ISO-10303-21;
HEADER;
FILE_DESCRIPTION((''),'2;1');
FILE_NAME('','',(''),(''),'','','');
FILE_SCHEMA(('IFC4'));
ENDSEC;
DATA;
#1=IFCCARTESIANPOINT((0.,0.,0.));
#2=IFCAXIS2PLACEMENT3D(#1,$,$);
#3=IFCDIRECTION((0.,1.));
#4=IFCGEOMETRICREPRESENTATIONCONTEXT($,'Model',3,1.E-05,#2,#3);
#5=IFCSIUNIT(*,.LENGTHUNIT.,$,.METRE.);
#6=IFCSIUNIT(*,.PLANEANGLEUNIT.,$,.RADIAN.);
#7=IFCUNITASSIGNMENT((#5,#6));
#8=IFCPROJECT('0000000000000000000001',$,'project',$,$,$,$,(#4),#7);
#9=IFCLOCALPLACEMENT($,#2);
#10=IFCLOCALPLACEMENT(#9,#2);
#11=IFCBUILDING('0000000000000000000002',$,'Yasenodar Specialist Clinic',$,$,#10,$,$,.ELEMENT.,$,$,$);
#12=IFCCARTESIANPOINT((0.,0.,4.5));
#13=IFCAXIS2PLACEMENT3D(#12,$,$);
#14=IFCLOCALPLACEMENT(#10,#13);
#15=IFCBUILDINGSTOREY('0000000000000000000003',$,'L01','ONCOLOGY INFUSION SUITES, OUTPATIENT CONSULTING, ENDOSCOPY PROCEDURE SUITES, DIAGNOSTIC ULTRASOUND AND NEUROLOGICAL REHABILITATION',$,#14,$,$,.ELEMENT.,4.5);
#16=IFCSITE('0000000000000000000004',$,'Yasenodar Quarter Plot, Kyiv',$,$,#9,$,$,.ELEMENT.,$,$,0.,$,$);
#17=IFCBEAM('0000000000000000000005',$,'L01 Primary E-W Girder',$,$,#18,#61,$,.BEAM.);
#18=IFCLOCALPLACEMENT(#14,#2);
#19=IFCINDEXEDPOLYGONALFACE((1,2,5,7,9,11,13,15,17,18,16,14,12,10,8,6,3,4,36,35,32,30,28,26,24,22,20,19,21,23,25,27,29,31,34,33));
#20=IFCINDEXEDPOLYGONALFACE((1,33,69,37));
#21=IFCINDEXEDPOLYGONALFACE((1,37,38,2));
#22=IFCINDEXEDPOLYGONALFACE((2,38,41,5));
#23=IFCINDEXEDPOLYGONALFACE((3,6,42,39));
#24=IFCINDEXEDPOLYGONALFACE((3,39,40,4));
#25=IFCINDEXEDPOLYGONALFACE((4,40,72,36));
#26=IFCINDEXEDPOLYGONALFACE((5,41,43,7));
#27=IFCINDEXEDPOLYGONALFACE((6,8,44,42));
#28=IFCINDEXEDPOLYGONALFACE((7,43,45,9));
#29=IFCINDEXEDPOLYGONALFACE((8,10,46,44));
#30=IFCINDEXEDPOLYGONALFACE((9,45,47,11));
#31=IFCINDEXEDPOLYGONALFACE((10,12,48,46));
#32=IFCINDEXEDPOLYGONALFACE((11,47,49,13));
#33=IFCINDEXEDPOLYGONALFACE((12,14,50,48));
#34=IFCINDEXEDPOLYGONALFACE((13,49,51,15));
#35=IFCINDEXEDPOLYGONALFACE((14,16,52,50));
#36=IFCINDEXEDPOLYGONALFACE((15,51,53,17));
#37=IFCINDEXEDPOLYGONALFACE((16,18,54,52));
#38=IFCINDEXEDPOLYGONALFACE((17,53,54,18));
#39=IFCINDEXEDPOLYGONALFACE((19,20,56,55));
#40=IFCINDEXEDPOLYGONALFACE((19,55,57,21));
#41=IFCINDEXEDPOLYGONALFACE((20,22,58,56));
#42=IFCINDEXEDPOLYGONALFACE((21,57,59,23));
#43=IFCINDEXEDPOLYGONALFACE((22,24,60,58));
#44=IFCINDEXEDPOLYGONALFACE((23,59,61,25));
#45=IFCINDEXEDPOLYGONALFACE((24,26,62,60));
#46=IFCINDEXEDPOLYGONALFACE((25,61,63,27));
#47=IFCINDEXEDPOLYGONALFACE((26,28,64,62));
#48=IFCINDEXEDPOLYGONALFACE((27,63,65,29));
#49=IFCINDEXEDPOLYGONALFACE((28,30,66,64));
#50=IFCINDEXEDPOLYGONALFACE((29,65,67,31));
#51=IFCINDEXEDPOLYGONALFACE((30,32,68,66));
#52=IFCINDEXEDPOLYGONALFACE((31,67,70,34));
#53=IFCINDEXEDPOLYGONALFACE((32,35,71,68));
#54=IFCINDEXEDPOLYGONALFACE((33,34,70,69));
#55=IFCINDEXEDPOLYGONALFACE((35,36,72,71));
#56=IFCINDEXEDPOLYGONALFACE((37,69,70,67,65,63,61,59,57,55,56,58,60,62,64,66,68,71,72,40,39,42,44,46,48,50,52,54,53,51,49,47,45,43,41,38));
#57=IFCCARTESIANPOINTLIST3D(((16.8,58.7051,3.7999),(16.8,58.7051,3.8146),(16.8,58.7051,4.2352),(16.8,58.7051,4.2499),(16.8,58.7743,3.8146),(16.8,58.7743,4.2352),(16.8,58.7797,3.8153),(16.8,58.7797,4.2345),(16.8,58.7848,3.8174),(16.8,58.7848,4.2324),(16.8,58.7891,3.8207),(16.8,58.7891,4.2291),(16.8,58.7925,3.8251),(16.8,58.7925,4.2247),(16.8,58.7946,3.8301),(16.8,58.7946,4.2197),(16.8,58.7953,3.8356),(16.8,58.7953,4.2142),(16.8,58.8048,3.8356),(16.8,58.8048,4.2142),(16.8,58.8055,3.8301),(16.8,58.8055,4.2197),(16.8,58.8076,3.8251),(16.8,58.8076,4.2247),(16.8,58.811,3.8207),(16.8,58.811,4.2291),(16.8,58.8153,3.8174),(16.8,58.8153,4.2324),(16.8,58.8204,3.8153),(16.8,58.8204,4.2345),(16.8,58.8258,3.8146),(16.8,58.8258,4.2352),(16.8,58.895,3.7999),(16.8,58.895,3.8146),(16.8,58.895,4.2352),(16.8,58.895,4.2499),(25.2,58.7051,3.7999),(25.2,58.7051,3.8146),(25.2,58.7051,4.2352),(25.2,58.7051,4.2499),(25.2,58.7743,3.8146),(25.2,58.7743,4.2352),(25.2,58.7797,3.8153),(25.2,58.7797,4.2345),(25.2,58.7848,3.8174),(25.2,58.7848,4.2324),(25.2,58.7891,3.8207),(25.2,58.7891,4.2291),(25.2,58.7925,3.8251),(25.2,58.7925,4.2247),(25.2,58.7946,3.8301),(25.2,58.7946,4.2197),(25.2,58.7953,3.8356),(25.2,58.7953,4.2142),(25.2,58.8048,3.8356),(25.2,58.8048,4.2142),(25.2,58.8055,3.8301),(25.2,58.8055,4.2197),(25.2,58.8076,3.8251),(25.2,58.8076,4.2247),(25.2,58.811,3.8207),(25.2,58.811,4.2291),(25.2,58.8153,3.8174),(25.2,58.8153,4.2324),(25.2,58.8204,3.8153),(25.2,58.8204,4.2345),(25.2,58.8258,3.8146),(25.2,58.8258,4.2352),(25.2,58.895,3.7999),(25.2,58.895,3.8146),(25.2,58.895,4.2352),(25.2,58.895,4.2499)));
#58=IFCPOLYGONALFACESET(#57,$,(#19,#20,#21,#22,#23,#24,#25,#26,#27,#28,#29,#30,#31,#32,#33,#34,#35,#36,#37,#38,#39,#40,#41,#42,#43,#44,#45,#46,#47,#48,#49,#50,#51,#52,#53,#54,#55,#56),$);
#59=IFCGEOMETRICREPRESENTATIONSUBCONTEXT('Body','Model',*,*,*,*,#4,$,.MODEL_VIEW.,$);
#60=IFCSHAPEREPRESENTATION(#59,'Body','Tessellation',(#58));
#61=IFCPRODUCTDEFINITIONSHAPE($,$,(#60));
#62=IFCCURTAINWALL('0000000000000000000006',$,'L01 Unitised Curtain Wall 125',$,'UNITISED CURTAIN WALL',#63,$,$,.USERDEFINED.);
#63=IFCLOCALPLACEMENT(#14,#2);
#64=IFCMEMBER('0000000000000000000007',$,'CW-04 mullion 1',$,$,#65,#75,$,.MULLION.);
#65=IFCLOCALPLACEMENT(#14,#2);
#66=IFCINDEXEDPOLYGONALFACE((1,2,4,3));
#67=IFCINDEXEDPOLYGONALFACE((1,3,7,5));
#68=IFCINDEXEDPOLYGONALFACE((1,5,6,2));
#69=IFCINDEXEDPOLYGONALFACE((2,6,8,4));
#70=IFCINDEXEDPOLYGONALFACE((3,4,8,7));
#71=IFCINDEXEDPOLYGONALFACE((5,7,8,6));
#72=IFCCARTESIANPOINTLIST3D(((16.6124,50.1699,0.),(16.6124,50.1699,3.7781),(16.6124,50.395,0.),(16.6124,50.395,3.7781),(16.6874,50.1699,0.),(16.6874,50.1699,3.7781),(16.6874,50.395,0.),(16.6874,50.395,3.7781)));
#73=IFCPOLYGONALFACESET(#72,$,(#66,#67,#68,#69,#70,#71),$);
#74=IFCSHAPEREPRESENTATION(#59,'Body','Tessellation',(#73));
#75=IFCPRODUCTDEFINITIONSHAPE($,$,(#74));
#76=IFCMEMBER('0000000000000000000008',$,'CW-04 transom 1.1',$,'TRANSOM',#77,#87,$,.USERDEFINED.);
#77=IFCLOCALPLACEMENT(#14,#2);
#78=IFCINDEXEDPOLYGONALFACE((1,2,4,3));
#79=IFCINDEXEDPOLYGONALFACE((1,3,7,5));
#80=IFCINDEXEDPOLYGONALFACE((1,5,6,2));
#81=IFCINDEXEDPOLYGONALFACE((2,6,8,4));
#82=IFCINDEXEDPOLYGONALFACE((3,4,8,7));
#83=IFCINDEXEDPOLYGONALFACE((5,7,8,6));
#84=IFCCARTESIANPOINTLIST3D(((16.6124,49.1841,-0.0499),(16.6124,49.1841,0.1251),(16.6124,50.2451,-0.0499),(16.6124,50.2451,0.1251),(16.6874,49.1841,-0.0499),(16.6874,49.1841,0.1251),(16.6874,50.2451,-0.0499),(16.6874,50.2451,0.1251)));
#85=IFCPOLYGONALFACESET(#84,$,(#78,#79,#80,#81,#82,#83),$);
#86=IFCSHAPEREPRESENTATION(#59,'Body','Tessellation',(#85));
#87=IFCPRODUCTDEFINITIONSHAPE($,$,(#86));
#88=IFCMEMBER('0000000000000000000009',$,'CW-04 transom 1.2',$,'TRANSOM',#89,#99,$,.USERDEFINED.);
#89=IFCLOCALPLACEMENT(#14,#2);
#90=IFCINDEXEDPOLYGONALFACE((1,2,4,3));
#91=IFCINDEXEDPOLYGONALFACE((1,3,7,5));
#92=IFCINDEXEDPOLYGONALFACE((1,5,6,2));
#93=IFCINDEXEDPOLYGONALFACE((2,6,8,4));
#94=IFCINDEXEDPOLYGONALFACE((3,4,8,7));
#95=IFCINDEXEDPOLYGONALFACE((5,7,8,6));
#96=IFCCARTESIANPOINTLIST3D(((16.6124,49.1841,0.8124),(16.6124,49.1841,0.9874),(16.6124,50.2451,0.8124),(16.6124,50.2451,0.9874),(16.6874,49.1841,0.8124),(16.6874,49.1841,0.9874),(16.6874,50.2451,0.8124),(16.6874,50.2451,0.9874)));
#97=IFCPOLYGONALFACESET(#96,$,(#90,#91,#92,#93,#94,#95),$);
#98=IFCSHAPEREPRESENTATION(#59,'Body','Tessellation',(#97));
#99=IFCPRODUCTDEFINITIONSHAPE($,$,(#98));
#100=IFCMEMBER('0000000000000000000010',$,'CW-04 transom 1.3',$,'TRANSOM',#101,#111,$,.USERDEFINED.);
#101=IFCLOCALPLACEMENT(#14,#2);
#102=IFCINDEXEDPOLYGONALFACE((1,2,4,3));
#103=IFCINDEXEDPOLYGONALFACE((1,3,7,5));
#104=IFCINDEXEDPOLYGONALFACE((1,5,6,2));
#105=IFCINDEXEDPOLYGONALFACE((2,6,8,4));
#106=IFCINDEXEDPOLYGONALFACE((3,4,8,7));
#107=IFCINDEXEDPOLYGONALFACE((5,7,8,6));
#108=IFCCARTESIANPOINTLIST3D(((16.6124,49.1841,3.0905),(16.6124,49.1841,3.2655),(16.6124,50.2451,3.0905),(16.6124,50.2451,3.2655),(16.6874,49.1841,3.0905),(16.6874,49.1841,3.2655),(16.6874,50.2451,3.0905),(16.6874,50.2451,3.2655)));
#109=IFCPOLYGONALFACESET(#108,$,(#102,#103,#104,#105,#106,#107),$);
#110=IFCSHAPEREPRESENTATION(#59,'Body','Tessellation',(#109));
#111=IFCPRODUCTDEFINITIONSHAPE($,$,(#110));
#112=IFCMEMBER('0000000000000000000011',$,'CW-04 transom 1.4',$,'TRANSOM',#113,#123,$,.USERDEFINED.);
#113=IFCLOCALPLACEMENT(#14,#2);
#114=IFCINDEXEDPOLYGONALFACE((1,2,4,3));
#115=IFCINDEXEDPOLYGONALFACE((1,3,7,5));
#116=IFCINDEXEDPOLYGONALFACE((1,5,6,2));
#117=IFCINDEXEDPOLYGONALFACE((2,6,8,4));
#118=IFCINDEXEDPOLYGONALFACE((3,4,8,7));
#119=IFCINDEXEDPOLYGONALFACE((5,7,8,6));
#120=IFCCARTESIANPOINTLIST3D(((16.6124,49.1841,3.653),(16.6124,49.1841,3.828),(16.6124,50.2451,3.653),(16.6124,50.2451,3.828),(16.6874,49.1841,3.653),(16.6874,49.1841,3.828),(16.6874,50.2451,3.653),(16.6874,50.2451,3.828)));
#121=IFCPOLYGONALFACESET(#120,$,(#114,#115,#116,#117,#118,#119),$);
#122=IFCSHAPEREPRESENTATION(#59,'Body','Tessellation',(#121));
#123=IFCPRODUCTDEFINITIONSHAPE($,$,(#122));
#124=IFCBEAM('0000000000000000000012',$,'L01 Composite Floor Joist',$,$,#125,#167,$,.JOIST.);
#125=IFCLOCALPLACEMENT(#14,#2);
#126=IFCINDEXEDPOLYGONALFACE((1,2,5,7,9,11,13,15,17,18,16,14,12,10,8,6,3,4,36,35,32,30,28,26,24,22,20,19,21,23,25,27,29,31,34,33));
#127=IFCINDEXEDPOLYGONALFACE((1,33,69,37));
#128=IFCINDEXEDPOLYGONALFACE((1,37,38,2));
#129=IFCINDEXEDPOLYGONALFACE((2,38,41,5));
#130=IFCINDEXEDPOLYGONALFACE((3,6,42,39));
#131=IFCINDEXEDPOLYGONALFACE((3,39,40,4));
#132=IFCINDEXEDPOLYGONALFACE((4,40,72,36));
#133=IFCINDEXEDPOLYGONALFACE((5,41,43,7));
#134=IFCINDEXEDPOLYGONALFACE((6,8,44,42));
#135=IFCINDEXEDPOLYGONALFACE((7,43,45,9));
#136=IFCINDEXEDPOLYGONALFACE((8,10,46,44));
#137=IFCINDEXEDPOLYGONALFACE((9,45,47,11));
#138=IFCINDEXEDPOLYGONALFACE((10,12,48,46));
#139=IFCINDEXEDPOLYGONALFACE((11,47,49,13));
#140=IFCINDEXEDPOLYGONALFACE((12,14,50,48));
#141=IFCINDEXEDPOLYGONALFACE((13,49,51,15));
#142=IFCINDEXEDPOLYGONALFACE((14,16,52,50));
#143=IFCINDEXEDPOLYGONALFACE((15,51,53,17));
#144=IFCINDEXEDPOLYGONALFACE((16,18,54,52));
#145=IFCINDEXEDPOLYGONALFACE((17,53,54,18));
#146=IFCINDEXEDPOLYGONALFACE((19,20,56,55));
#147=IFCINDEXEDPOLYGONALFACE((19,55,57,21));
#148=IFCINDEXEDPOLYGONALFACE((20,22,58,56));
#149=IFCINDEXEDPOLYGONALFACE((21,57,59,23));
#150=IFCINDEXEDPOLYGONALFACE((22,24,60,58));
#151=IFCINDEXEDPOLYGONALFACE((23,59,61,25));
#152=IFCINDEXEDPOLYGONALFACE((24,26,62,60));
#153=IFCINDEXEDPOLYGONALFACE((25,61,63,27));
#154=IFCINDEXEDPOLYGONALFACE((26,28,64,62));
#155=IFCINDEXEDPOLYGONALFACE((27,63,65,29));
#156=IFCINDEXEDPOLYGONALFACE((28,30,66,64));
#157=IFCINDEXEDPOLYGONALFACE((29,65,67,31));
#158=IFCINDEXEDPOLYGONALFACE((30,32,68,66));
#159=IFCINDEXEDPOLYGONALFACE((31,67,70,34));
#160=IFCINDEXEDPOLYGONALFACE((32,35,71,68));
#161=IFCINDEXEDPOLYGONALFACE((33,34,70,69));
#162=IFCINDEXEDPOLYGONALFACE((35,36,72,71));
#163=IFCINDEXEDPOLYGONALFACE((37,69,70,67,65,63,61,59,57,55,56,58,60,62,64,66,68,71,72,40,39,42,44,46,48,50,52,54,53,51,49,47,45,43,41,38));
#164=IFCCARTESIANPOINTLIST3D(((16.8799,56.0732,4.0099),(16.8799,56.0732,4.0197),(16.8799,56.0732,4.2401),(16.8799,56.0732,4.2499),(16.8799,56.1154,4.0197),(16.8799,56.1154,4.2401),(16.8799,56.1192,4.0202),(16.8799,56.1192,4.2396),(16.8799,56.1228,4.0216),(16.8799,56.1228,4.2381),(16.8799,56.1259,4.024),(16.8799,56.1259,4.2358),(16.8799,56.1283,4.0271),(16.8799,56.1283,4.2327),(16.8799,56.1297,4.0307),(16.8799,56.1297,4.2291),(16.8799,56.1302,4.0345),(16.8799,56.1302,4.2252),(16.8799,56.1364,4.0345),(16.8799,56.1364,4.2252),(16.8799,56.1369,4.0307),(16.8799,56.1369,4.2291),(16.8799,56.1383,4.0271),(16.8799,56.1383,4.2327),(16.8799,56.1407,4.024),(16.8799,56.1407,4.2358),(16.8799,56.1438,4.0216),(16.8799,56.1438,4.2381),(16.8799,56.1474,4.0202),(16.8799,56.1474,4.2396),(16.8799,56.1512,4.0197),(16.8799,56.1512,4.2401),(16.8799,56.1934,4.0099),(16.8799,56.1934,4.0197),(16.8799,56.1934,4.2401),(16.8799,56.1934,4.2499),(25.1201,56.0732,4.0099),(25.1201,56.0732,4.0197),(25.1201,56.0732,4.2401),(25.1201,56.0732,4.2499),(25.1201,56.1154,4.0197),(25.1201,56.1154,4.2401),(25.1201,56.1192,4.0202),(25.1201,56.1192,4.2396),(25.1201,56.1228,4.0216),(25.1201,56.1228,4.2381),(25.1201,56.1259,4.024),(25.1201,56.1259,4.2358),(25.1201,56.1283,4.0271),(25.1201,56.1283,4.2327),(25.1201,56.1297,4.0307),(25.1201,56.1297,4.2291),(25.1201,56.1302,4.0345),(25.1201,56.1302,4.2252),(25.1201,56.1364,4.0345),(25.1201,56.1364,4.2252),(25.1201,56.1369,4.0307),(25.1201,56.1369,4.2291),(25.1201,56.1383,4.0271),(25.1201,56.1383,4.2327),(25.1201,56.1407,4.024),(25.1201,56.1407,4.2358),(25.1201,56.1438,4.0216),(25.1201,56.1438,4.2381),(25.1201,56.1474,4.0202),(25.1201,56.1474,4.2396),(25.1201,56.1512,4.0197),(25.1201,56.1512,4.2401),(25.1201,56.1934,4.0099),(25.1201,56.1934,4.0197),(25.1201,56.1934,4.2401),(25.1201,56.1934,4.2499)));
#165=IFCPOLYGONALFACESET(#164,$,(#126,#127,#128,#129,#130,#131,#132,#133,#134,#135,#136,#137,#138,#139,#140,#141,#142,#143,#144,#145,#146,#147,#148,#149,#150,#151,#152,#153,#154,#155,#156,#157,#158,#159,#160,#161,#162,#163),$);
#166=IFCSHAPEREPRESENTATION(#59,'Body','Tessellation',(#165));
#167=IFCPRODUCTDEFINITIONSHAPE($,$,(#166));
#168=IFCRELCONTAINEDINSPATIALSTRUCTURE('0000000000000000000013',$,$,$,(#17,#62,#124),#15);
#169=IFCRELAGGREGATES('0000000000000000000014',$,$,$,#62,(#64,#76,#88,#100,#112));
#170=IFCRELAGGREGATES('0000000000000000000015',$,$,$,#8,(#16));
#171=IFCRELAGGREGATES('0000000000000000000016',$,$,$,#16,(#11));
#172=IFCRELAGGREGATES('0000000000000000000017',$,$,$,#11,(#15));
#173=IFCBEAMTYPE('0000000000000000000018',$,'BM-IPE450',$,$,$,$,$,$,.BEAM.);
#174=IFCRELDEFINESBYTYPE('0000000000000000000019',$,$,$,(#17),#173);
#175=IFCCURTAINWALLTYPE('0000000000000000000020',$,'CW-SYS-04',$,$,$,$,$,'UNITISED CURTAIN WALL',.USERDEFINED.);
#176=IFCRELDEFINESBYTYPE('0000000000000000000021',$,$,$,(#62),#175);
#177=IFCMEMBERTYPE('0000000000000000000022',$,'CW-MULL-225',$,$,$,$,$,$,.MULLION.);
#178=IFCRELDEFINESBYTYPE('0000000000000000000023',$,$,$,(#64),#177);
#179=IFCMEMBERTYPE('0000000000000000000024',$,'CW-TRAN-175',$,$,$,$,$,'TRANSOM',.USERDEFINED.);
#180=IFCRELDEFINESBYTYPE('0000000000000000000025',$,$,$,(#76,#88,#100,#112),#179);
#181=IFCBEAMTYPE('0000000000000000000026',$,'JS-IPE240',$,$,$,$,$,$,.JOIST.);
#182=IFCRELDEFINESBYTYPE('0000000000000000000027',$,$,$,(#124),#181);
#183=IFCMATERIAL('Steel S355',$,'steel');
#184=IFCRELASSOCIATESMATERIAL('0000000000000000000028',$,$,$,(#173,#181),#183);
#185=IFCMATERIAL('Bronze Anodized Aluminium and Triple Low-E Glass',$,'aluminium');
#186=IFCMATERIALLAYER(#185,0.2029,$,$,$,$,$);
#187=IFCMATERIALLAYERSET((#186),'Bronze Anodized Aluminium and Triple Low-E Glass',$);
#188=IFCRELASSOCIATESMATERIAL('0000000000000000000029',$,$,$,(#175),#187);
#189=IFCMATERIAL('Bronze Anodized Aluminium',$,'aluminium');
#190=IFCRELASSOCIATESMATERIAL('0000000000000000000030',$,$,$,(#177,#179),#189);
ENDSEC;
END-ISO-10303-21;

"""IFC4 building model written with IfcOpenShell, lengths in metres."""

from ifc_helpers import new_model, si_unit, direction, frame, origin, origin_2d, place, context, subcontext, project, spatial, rectangle, i_section, extrude, material, layer, layer_set, material_profile, profile_set, type_object, element, aggregate, save


model = new_model("IFC4")

# Units and contexts
model_context = context("Model", 3, precision=1e-05, world=origin(), true_north=direction((0.0, 1.0)))
body_context = subcontext(model_context, "Body", "Model", "MODEL_VIEW")
ifc_project = project(units=[si_unit("LENGTHUNIT", "METRE"), si_unit("PLANEANGLEUNIT", "RADIAN")], contexts=[model_context])

# Site, building, storey
site_placement = place(None, origin())
site = spatial("IfcSite", under=ifc_project, at=site_placement, Name="Yasenodar Quarter Plot, Kyiv", CompositionType="ELEMENT", RefElevation=0.0)
building_placement = place(site_placement, origin())
building = spatial("IfcBuilding", under=site, at=building_placement, Name="Yasenodar Specialist Clinic", CompositionType="ELEMENT")
storey_placement = place(building_placement, frame((0.0, 0.0, 4.5)))
storey = spatial("IfcBuildingStorey", under=building, at=storey_placement, Name="L01", Description="ONCOLOGY INFUSION SUITES, OUTPATIENT CONSULTING, ENDOSCOPY PROCEDURE SUITES, DIAGNOSTIC ULTRASOUND AND NEUROLOGICAL REHABILITATION", CompositionType="ELEMENT", Elevation=4.5)

# Shared definitions
ifc_material_1 = material(Name="Steel S355", Category="steel")

# Beam
ifc_material_profile_1 = material_profile(ifc_material_1, i_section(OverallWidth=0.1899, OverallDepth=0.45, WebThickness=0.0095, FlangeThickness=0.0146, FilletRadius=0.021, at=origin_2d()), Name="IPE 450")
ifc_profile_set_1 = profile_set([ifc_material_profile_1], Name="Steel S355")
beam_type_1 = type_object("IfcBeamType", Name="BM-IPE450", PredefinedType="BEAM", material=ifc_profile_set_1)
beam_1_placement = place(storey_placement, frame((16.8, 58.8, 4.0249), z_axis=(1.0, 0.0, 0.0), x_axis=(0.0, 1.0, 0.0)))
element("IfcBeam", 1, at=beam_1_placement, inside=storey, type_object=beam_type_1, Name="L01 Primary E-W Girder", PredefinedType="BEAM", context=body_context, shape_type="SweptSolid", body=[
    extrude(i_section(OverallWidth=0.1899, OverallDepth=0.45, WebThickness=0.0095, FlangeThickness=0.0146, FilletRadius=0.021, at=origin_2d()), origin(), (0.0, 0.0, 1.0), 8.3999),
])

# Curtain wall, members
ifc_material_2 = material(Name="Bronze Anodized Aluminium and Triple Low-E Glass", Category="aluminium")
ifc_layer_1 = layer(ifc_material_2, 0.2029)
ifc_layer_set_1 = layer_set([ifc_layer_1], Name="Bronze Anodized Aluminium and Triple Low-E Glass")
curtain_wall_type = type_object("IfcCurtainWallType", Name="CW-SYS-04", ElementType="UNITISED CURTAIN WALL", PredefinedType="USERDEFINED", material=ifc_layer_set_1)
curtain_wall_placement = place(storey_placement, origin())
curtain_wall = element("IfcCurtainWall", 2, at=curtain_wall_placement, inside=storey, type_object=curtain_wall_type, Name="L01 Unitised Curtain Wall 125", ObjectType="UNITISED CURTAIN WALL", PredefinedType="USERDEFINED")
ifc_material_3 = material(Name="Bronze Anodized Aluminium", Category="aluminium")
ifc_material_profile_2 = material_profile(ifc_material_3, rectangle(XDim=0.075, YDim=0.2251, at=origin_2d()), Name="CW-MULL 75x225")
ifc_profile_set_2 = profile_set([ifc_material_profile_2], Name="Bronze Anodized Aluminium")
member_type_1 = type_object("IfcMemberType", Name="CW-MULL-225", PredefinedType="MULLION", material=ifc_profile_set_2)
member_1_placement = place(storey_placement, frame((16.6499, 50.2825, 0.0), z_axis=(0.0, 0.0, 1.0), x_axis=(1.0, 0.0, 0.0)))
member_1 = element("IfcMember", 3, at=member_1_placement, type_object=member_type_1, Name="CW-04 mullion 1", PredefinedType="MULLION", context=body_context, shape_type="SweptSolid", body=[
    extrude(rectangle(XDim=0.075, YDim=0.2251, at=origin_2d()), origin(), (0.0, 0.0, 1.0), 3.7781),
])
ifc_material_profile_3 = material_profile(ifc_material_3, rectangle(XDim=0.075, YDim=0.175, at=origin_2d()), Name="CW-TRAN 75x175")
ifc_profile_set_3 = profile_set([ifc_material_profile_3], Name="Bronze Anodized Aluminium")
member_type_2 = type_object("IfcMemberType", Name="CW-TRAN-175", ElementType="TRANSOM", PredefinedType="USERDEFINED", material=ifc_profile_set_3)
member_2_placement = place(storey_placement, frame((16.6499, 50.2451, 0.0376), z_axis=(0.0, -1.0, 0.0), x_axis=(1.0, 0.0, 0.0)))
member_2 = element("IfcMember", 4, at=member_2_placement, type_object=member_type_2, Name="CW-04 transom 1.1", ObjectType="TRANSOM", PredefinedType="USERDEFINED", context=body_context, shape_type="SweptSolid", body=[
    extrude(rectangle(XDim=0.075, YDim=0.175, at=origin_2d()), origin(), (0.0, 0.0, 1.0), 1.061),
])
member_3_placement = place(storey_placement, frame((16.6499, 50.2451, 0.8999), z_axis=(0.0, -1.0, 0.0), x_axis=(1.0, 0.0, 0.0)))
member_3 = element("IfcMember", 5, at=member_3_placement, type_object=member_type_2, Name="CW-04 transom 1.2", ObjectType="TRANSOM", PredefinedType="USERDEFINED", context=body_context, shape_type="SweptSolid", body=[
    extrude(rectangle(XDim=0.075, YDim=0.175, at=origin_2d()), origin(), (0.0, 0.0, 1.0), 1.061),
])
member_4_placement = place(storey_placement, frame((16.6499, 50.2451, 3.178), z_axis=(0.0, -1.0, 0.0), x_axis=(1.0, 0.0, 0.0)))
member_4 = element("IfcMember", 6, at=member_4_placement, type_object=member_type_2, Name="CW-04 transom 1.3", ObjectType="TRANSOM", PredefinedType="USERDEFINED", context=body_context, shape_type="SweptSolid", body=[
    extrude(rectangle(XDim=0.075, YDim=0.175, at=origin_2d()), origin(), (0.0, 0.0, 1.0), 1.061),
])
member_5_placement = place(storey_placement, frame((16.6499, 50.2451, 3.7405), z_axis=(0.0, -1.0, 0.0), x_axis=(1.0, 0.0, 0.0)))
member_5 = element("IfcMember", 7, at=member_5_placement, type_object=member_type_2, Name="CW-04 transom 1.4", ObjectType="TRANSOM", PredefinedType="USERDEFINED", context=body_context, shape_type="SweptSolid", body=[
    extrude(rectangle(XDim=0.075, YDim=0.175, at=origin_2d()), origin(), (0.0, 0.0, 1.0), 1.061),
])

# Beam
ifc_material_profile_4 = material_profile(ifc_material_1, i_section(OverallWidth=0.1201, OverallDepth=0.24, WebThickness=0.0061, FlangeThickness=0.0098, FilletRadius=0.0149, at=origin_2d()), Name="IPE 240")
ifc_profile_set_4 = profile_set([ifc_material_profile_4], Name="Steel S355")
beam_type_2 = type_object("IfcBeamType", Name="JS-IPE240", PredefinedType="JOIST", material=ifc_profile_set_4)
for number, where, z_axis, x_axis, name in (
    (8, (16.8799, 56.1333, 4.1299), (1.0, 0.0, 0.0), (0.0, 1.0, 0.0), "L01 Composite Floor Joist"),
):
    element("IfcBeam", number, at=place(storey_placement, frame(where, z_axis=z_axis, x_axis=x_axis)), inside=storey, type_object=beam_type_2, Name=name, PredefinedType="JOIST", context=body_context, shape_type="SweptSolid", body=[
        extrude(i_section(OverallWidth=0.1201, OverallDepth=0.24, WebThickness=0.0061, FlangeThickness=0.0098, FilletRadius=0.0149, at=origin_2d()), origin(), (0.0, 0.0, 1.0), 8.2402),
    ])

aggregate(curtain_wall, [member_1, member_2, member_3, member_4, member_5])

save(model, "model.ifc")
